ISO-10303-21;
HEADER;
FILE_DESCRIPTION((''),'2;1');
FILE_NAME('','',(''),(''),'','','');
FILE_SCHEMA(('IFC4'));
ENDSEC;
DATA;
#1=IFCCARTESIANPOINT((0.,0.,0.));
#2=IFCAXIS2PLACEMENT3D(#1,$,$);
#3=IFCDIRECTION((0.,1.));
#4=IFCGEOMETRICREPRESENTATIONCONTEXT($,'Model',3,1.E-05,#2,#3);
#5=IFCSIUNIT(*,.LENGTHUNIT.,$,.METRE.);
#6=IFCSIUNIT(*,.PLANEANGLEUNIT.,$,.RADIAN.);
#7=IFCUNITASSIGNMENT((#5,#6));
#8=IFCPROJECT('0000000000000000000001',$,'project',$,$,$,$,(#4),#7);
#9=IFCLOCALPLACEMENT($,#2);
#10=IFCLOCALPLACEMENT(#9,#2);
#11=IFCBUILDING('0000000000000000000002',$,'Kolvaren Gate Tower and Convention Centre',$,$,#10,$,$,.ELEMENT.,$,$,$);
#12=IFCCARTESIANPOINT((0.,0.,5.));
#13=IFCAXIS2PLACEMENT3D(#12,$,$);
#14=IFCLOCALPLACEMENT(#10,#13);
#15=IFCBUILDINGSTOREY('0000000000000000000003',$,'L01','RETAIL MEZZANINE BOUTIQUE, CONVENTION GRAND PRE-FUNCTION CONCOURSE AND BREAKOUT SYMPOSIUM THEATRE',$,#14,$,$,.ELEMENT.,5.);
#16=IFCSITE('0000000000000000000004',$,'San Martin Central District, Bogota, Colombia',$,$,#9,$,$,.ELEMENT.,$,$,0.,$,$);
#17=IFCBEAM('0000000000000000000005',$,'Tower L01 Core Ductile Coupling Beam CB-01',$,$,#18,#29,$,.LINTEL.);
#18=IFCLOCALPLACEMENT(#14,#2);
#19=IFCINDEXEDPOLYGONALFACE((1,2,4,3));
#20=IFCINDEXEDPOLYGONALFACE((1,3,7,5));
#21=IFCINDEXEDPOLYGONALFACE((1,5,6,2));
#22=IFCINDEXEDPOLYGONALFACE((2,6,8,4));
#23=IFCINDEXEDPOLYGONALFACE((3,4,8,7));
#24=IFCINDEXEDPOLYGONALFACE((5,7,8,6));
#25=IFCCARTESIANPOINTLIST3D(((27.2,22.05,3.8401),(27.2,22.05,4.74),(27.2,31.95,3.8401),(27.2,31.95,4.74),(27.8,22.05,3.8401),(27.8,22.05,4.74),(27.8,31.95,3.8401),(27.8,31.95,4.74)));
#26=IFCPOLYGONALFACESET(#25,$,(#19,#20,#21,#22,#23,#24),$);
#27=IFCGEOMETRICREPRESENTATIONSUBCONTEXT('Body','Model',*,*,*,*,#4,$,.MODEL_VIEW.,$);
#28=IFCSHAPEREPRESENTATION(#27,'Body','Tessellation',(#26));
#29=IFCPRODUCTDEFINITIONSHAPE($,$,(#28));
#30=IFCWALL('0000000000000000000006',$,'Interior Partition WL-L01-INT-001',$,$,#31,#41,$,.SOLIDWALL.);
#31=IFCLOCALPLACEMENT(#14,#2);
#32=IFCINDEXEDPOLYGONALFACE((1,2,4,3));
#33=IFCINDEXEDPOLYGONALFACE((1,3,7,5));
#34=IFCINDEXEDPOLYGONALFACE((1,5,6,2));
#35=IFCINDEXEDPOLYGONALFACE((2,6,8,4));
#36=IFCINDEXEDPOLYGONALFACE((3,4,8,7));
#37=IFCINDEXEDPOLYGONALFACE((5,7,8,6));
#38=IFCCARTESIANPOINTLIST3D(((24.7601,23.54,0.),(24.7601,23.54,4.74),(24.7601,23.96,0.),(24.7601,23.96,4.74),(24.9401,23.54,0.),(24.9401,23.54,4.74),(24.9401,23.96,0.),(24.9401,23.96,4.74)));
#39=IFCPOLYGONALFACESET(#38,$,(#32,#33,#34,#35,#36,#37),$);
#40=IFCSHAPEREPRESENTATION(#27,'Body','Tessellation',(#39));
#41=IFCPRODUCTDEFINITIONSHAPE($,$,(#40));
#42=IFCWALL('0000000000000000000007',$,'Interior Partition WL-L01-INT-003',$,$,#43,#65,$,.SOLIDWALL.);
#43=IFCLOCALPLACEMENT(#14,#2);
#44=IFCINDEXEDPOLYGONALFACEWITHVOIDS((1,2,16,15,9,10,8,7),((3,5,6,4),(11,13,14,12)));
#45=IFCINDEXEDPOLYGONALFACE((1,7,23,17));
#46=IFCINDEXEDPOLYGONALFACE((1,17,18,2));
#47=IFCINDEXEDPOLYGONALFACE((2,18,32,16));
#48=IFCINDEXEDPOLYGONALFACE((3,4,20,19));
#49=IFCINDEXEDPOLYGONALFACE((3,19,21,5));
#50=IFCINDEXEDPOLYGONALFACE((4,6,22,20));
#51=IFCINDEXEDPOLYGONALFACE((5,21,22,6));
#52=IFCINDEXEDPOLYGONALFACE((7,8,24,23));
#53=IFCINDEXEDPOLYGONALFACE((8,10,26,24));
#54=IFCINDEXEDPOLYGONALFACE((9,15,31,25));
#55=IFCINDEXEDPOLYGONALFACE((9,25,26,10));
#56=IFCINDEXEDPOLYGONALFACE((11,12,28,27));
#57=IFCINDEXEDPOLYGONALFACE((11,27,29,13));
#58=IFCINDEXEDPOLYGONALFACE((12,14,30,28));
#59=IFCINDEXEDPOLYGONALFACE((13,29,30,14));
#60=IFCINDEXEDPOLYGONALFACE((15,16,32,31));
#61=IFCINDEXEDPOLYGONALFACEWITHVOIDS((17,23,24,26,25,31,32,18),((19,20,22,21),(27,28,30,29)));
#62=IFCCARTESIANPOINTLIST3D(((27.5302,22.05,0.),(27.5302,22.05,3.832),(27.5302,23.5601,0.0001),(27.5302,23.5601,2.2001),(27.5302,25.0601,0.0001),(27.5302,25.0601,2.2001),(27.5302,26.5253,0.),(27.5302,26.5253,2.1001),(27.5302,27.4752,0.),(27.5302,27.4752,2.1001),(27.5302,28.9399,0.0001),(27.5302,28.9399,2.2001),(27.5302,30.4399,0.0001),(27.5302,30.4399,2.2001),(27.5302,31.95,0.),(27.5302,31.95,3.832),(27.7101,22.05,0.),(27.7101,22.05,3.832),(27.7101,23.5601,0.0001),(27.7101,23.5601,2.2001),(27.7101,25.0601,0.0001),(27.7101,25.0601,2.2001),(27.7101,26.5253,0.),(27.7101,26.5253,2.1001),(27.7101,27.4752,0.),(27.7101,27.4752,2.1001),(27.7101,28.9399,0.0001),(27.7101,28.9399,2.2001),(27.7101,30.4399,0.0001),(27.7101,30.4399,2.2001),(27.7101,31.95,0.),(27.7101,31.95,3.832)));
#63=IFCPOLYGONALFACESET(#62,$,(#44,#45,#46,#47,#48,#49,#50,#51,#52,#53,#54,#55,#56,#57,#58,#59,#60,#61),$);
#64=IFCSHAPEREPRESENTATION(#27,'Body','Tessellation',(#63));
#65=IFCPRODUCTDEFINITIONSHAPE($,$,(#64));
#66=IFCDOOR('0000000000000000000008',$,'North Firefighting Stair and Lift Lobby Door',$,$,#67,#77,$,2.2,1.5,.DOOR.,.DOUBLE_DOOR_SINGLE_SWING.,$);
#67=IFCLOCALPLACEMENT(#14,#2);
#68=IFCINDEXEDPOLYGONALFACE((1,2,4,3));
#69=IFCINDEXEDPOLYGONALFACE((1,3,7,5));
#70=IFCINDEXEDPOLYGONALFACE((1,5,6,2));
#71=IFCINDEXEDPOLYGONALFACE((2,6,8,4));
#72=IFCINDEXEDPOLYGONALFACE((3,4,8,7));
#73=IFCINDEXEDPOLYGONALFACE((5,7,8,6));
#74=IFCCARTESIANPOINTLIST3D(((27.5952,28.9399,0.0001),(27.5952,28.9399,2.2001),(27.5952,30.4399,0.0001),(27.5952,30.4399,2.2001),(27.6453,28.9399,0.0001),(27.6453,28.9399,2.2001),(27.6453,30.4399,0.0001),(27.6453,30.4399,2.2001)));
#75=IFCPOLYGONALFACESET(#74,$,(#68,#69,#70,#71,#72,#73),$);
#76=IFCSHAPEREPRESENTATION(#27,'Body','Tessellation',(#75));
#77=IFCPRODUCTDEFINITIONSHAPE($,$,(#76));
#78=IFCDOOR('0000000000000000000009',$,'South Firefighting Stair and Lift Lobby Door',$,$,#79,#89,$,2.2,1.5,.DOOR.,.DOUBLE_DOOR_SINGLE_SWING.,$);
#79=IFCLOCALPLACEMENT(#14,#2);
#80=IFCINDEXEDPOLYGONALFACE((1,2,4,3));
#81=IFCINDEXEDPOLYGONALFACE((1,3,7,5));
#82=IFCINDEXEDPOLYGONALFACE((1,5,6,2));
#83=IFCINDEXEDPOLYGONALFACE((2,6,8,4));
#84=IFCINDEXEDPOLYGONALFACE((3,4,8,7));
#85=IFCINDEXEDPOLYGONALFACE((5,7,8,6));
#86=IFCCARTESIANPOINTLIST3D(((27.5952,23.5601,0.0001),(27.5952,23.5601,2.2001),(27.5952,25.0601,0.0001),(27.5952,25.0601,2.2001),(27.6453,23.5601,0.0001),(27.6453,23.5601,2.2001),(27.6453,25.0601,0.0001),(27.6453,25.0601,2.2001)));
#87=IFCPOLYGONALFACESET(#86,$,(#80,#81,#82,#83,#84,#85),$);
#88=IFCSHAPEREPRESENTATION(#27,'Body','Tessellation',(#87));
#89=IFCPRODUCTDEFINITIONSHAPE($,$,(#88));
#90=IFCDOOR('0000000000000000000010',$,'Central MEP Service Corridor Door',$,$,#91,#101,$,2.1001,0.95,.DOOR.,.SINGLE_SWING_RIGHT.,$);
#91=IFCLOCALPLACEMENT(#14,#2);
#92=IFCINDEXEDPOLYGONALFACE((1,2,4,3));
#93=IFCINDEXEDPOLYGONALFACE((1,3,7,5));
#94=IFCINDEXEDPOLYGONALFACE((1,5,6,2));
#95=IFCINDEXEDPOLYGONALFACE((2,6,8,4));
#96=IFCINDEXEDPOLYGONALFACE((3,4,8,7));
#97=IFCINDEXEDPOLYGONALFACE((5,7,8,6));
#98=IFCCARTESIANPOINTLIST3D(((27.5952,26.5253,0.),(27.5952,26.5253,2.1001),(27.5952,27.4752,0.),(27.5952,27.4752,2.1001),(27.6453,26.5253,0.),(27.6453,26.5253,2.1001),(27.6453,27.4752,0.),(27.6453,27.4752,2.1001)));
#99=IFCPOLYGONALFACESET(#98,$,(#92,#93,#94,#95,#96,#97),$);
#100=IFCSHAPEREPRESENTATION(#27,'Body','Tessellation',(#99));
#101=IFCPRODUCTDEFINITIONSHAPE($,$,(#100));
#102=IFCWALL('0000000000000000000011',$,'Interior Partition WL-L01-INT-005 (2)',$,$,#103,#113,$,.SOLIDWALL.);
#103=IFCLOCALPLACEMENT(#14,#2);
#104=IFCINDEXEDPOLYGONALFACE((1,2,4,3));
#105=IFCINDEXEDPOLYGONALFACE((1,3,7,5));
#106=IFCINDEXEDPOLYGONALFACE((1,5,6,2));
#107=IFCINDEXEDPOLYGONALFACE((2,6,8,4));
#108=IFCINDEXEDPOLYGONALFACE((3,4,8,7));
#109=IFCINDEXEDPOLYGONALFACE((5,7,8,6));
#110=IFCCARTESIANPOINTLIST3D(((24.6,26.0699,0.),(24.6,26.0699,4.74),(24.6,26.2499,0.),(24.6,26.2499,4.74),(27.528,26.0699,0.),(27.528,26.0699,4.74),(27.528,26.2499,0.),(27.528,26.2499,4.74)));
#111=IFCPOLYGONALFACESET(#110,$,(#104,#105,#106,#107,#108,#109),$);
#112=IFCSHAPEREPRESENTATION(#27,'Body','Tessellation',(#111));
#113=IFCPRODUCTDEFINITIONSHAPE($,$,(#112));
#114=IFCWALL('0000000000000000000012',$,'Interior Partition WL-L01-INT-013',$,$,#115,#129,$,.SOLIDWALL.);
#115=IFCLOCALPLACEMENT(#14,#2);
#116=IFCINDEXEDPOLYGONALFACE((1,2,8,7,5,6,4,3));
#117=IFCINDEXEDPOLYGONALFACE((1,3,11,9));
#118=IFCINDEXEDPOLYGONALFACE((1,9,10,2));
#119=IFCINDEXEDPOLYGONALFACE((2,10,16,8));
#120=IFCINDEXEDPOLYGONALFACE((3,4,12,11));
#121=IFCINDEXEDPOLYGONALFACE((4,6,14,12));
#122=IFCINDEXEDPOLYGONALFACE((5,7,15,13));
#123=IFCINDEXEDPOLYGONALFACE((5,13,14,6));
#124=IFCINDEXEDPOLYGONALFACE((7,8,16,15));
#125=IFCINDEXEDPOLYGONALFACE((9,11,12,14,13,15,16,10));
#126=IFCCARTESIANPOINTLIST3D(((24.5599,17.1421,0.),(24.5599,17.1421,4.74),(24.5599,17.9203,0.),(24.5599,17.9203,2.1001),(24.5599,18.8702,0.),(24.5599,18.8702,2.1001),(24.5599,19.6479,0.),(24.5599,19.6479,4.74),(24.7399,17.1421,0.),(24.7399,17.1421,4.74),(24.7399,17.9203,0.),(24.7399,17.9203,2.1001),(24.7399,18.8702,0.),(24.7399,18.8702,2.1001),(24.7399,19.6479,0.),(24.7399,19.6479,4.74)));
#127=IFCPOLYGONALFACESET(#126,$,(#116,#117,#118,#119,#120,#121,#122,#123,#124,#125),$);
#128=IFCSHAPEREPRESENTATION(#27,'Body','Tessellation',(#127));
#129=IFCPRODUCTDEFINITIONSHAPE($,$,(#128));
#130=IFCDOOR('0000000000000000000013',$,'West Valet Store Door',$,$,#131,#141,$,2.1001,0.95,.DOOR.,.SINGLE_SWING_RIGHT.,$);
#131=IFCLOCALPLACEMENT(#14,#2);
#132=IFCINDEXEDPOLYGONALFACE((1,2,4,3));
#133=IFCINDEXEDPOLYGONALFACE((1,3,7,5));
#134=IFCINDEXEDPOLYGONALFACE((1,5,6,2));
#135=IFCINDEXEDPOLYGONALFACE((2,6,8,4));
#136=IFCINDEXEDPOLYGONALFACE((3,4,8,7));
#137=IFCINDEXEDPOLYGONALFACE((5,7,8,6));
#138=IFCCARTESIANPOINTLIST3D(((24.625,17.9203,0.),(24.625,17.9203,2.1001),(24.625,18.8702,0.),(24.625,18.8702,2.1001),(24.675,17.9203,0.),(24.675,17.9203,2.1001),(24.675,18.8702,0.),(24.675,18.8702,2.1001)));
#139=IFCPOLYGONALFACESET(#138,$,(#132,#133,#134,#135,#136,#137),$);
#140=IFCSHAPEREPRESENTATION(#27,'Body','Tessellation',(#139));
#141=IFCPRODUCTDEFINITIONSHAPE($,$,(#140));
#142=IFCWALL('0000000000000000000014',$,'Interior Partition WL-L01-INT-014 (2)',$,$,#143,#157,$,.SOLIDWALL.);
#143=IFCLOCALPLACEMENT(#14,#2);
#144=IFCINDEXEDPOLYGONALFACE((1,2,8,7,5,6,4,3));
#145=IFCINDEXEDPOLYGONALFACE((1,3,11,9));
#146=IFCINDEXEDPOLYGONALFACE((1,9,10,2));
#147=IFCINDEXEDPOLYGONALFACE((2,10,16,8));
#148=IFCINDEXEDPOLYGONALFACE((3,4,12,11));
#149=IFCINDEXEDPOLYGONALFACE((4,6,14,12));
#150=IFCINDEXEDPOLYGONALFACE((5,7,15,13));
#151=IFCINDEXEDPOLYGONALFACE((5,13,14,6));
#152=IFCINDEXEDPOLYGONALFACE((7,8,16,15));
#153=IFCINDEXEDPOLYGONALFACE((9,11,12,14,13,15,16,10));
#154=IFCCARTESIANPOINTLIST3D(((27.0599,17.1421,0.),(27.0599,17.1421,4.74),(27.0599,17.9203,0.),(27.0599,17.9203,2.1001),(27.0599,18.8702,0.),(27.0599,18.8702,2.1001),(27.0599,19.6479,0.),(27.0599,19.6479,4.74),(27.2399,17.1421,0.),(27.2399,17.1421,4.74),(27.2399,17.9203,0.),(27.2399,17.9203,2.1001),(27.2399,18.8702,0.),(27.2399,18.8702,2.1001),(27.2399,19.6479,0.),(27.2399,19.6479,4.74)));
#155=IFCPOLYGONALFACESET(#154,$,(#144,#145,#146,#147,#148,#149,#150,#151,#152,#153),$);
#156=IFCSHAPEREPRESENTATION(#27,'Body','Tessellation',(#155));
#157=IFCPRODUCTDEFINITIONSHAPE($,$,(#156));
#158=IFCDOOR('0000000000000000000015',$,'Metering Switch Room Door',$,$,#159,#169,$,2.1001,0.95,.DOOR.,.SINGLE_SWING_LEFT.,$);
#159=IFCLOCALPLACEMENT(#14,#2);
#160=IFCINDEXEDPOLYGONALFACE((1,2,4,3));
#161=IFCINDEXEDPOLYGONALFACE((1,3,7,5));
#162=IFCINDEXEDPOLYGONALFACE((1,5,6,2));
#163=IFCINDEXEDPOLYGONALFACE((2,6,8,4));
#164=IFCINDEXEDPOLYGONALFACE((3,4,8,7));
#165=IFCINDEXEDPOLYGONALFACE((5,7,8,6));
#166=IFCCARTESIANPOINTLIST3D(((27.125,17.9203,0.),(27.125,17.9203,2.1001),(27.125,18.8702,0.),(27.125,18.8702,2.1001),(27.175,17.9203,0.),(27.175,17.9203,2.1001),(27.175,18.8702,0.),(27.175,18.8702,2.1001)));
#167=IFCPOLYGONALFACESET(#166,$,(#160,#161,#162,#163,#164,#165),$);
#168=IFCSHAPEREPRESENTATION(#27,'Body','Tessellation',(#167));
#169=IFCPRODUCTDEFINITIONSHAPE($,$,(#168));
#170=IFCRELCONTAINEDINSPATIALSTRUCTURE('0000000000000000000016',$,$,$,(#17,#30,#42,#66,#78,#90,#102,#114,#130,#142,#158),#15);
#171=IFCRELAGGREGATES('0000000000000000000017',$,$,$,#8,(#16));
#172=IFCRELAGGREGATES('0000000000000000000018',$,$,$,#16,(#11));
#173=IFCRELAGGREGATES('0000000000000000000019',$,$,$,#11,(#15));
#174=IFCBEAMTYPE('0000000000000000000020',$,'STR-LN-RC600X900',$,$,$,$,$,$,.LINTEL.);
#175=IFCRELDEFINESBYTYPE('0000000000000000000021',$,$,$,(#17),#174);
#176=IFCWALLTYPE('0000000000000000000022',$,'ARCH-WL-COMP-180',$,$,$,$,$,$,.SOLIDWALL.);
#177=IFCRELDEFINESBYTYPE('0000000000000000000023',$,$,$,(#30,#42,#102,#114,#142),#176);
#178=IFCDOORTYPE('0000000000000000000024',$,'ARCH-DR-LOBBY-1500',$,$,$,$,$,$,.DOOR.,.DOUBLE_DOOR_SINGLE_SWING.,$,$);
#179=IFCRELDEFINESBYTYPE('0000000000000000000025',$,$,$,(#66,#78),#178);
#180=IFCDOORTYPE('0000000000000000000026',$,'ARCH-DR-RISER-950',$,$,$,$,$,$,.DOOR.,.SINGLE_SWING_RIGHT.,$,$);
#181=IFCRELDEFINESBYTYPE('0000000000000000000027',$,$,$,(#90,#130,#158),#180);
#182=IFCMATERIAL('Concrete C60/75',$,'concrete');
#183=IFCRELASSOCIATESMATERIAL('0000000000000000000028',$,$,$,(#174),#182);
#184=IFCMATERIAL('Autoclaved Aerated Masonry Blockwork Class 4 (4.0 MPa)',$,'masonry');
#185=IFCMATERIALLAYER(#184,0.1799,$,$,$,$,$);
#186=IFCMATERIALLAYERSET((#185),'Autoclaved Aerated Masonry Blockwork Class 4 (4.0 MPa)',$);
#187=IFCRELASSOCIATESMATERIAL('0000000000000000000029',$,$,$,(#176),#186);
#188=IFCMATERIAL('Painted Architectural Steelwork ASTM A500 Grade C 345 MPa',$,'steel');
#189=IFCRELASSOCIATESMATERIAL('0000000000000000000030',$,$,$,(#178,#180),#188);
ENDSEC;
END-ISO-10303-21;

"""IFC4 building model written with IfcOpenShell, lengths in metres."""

from ifc_helpers import new_model, si_unit, direction, frame, frame_2d, origin, origin_2d, place, context, subcontext, project, spatial, rectangle, extrude, material, layer, layer_set, material_profile, profile_set, type_object, element, fill, save


model = new_model("IFC4")

# Units and contexts
model_context = context("Model", 3, precision=1e-05, world=origin(), true_north=direction((0.0, 1.0)))
body_context = subcontext(model_context, "Body", "Model", "MODEL_VIEW")
ifc_project = project(units=[si_unit("LENGTHUNIT", "METRE"), si_unit("PLANEANGLEUNIT", "RADIAN")], contexts=[model_context])

# Site, building, storey
site_placement = place(None, origin())
site = spatial("IfcSite", under=ifc_project, at=site_placement, Name="San Martin Central District, Bogota, Colombia", CompositionType="ELEMENT", RefElevation=0.0)
building_placement = place(site_placement, origin())
building = spatial("IfcBuilding", under=site, at=building_placement, Name="Kolvaren Gate Tower and Convention Centre", CompositionType="ELEMENT")
storey_placement = place(building_placement, frame((0.0, 0.0, 5.0)))
storey = spatial("IfcBuildingStorey", under=building, at=storey_placement, Name="L01", Description="RETAIL MEZZANINE BOUTIQUE, CONVENTION GRAND PRE-FUNCTION CONCOURSE AND BREAKOUT SYMPOSIUM THEATRE", CompositionType="ELEMENT", Elevation=5.0)

# Beam
ifc_material_1 = material(Name="Concrete C60/75", Category="concrete")
ifc_material_profile = material_profile(ifc_material_1, rectangle(XDim=0.6001, YDim=0.8999, at=origin_2d()), Name="RC-BM-600X900")
ifc_profile_set = profile_set([ifc_material_profile], Name="Concrete C60/75")
beam_type = type_object("IfcBeamType", Name="STR-LN-RC600X900", PredefinedType="LINTEL", material=ifc_profile_set)
beam_placement = place(storey_placement, frame((27.5, 22.05, 4.29), z_axis=(0.0, 1.0, 0.0), x_axis=(-1.0, 0.0, 0.0)))
element("IfcBeam", 1, at=beam_placement, inside=storey, type_object=beam_type, Name="Tower L01 Core Ductile Coupling Beam CB-01", PredefinedType="LINTEL", context=body_context, shape_type="SweptSolid", body=[
    extrude(rectangle(XDim=0.6001, YDim=0.8999, at=origin_2d()), origin(), (0.0, 0.0, 1.0), 9.8999),
])

# Wall
ifc_material_2 = material(Name="Autoclaved Aerated Masonry Blockwork Class 4 (4.0 MPa)", Category="masonry")
ifc_layer_1 = layer(ifc_material_2, 0.1799)
ifc_layer_set_1 = layer_set([ifc_layer_1], Name="Autoclaved Aerated Masonry Blockwork Class 4 (4.0 MPa)")
wall_type_1 = type_object("IfcWallType", Name="ARCH-WL-COMP-180", PredefinedType="SOLIDWALL", material=ifc_layer_set_1)
wall_1_placement = place(storey_placement, frame((24.8501, 23.54, 0.0), z_axis=(0.0, 0.0, 1.0), x_axis=(0.0, 1.0, 0.0)))
element("IfcWall", 2, at=wall_1_placement, inside=storey, type_object=wall_type_1, Name="Interior Partition WL-L01-INT-001", PredefinedType="SOLIDWALL", context=body_context, shape_type="SweptSolid", body=[
    extrude(rectangle(XDim=0.4199, YDim=0.1799, at=frame_2d((0.21, 0.0))), origin(), (0.0, 0.0, 1.0), 4.74),
])

# Wall, openings, doors
wall_2_placement = place(storey_placement, frame((27.6201, 22.05, 0.0), z_axis=(0.0, 0.0, 1.0), x_axis=(0.0, 1.0, 0.0)))
wall_2 = element("IfcWall", 3, at=wall_2_placement, inside=storey, type_object=wall_type_1, Name="Interior Partition WL-L01-INT-003", PredefinedType="SOLIDWALL", context=body_context, shape_type="SweptSolid", body=[
    extrude(rectangle(XDim=9.8999, YDim=0.1799, at=frame_2d((4.95, 0.0))), origin(), (0.0, 0.0, 1.0), 3.832),
])
opening_1_placement = place(wall_2_placement, frame((4.4751, 0.0, 0.0)))
opening_1 = element("IfcOpeningElement", 4, at=opening_1_placement, cuts=wall_2, PredefinedType="OPENING", context=body_context, shape_type="SweptSolid", body=[
    extrude(rectangle(XDim=0.95, YDim=2.1001, at=frame_2d((0.4751, 1.05))), frame((0.0, 0.0999, 0.0), z_axis=(0.0, -1.0, 0.0), x_axis=(1.0, 0.0, 0.0)), (0.0, 0.0, 1.0), 0.2),
])
opening_2_placement = place(wall_2_placement, frame((6.8899, 0.0, 0.0)))
opening_2 = element("IfcOpeningElement", 5, at=opening_2_placement, cuts=wall_2, PredefinedType="OPENING", context=body_context, shape_type="SweptSolid", body=[
    extrude(rectangle(XDim=1.5, YDim=2.2, at=frame_2d((0.75, 1.1001))), frame((0.0, 0.0999, 0.0), z_axis=(0.0, -1.0, 0.0), x_axis=(1.0, 0.0, 0.0)), (0.0, 0.0, 1.0), 0.2),
])
opening_3_placement = place(wall_2_placement, frame((1.51, 0.0, 0.0)))
opening_3 = element("IfcOpeningElement", 6, at=opening_3_placement, cuts=wall_2, PredefinedType="OPENING", context=body_context, shape_type="SweptSolid", body=[
    extrude(rectangle(XDim=1.5, YDim=2.2, at=frame_2d((0.75, 1.1001))), frame((0.0, 0.0999, 0.0), z_axis=(0.0, -1.0, 0.0), x_axis=(1.0, 0.0, 0.0)), (0.0, 0.0, 1.0), 0.2),
])
ifc_material_3 = material(Name="Painted Architectural Steelwork ASTM A500 Grade C 345 MPa", Category="steel")
door_type_1 = type_object("IfcDoorType", Name="ARCH-DR-LOBBY-1500", OperationType="DOUBLE_DOOR_SINGLE_SWING", PredefinedType="DOOR", material=ifc_material_3)
door_1_placement = place(opening_2_placement, origin())
door_1 = element("IfcDoor", 7, at=door_1_placement, inside=storey, type_object=door_type_1, Name="North Firefighting Stair and Lift Lobby Door", OperationType="DOUBLE_DOOR_SINGLE_SWING", OverallHeight=2.2, OverallWidth=1.5, PredefinedType="DOOR", context=body_context, shape_type="SweptSolid", body=[
    extrude(rectangle(XDim=1.5, YDim=2.2, at=frame_2d((0.75, 1.1001))), frame((0.0, 0.0249, 0.0), z_axis=(0.0, -1.0, 0.0), x_axis=(1.0, 0.0, 0.0)), (0.0, 0.0, 1.0), 0.05),
])
fill(opening_2, door_1)
door_2_placement = place(opening_3_placement, origin())
door_2 = element("IfcDoor", 8, at=door_2_placement, inside=storey, type_object=door_type_1, Name="South Firefighting Stair and Lift Lobby Door", OperationType="DOUBLE_DOOR_SINGLE_SWING", OverallHeight=2.2, OverallWidth=1.5, PredefinedType="DOOR", context=body_context, shape_type="SweptSolid", body=[
    extrude(rectangle(XDim=1.5, YDim=2.2, at=frame_2d((0.75, 1.1001))), frame((0.0, 0.0249, 0.0), z_axis=(0.0, -1.0, 0.0), x_axis=(1.0, 0.0, 0.0)), (0.0, 0.0, 1.0), 0.05),
])
fill(opening_3, door_2)
door_type_2 = type_object("IfcDoorType", Name="ARCH-DR-RISER-950", OperationType="SINGLE_SWING_RIGHT", PredefinedType="DOOR", material=ifc_material_3)
door_3_placement = place(opening_1_placement, origin())
door_3 = element("IfcDoor", 9, at=door_3_placement, inside=storey, type_object=door_type_2, Name="Central MEP Service Corridor Door", OperationType="SINGLE_SWING_RIGHT", OverallHeight=2.1001, OverallWidth=0.95, PredefinedType="DOOR", context=body_context, shape_type="SweptSolid", body=[
    extrude(rectangle(XDim=0.95, YDim=2.1001, at=frame_2d((0.4751, 1.05))), frame((0.0, 0.0249, 0.0), z_axis=(0.0, -1.0, 0.0), x_axis=(1.0, 0.0, 0.0)), (0.0, 0.0, 1.0), 0.05),
])
fill(opening_1, door_3)

# Wall
wall_3_placement = place(storey_placement, frame((24.6001, 26.1599, 0.0), z_axis=(0.0, 0.0, 1.0), x_axis=(1.0, 0.0, 0.0)))
element("IfcWall", 10, at=wall_3_placement, inside=storey, type_object=wall_type_1, Name="Interior Partition WL-L01-INT-005 (2)", PredefinedType="SOLIDWALL", context=body_context, shape_type="SweptSolid", body=[
    extrude(rectangle(XDim=2.928, YDim=0.1799, at=frame_2d((1.4639, 0.0))), origin(), (0.0, 0.0, 1.0), 4.74),
])

# Walls, openings, doors
wall_4_placement = place(storey_placement, frame((24.6499, 17.1421, 0.0), z_axis=(0.0, 0.0, 1.0), x_axis=(0.0, 1.0, 0.0)))
wall_4 = element("IfcWall", 11, at=wall_4_placement, inside=storey, type_object=wall_type_1, Name="Interior Partition WL-L01-INT-013", PredefinedType="SOLIDWALL", context=body_context, shape_type="SweptSolid", body=[
    extrude(rectangle(XDim=2.5059, YDim=0.1799, at=frame_2d((1.2529, 0.0))), origin(), (0.0, 0.0, 1.0), 4.74),
])
opening_4_placement = place(wall_4_placement, frame((0.7781, 0.0, 0.0)))
opening_4 = element("IfcOpeningElement", 12, at=opening_4_placement, cuts=wall_4, PredefinedType="OPENING", context=body_context, shape_type="SweptSolid", body=[
    extrude(rectangle(XDim=0.95, YDim=2.1001, at=frame_2d((0.4751, 1.05))), frame((0.0, 0.0999, 0.0), z_axis=(0.0, -1.0, 0.0), x_axis=(1.0, 0.0, 0.0)), (0.0, 0.0, 1.0), 0.2),
])
door_4_placement = place(opening_4_placement, origin())
door_4 = element("IfcDoor", 13, at=door_4_placement, inside=storey, type_object=door_type_2, Name="West Valet Store Door", OperationType="SINGLE_SWING_RIGHT", OverallHeight=2.1001, OverallWidth=0.95, PredefinedType="DOOR", context=body_context, shape_type="SweptSolid", body=[
    extrude(rectangle(XDim=0.95, YDim=2.1001, at=frame_2d((0.4751, 1.05))), frame((0.0, 0.0249, 0.0), z_axis=(0.0, -1.0, 0.0), x_axis=(1.0, 0.0, 0.0)), (0.0, 0.0, 1.0), 0.05),
])
fill(opening_4, door_4)
wall_5_placement = place(storey_placement, frame((27.1499, 17.1421, 0.0), z_axis=(0.0, 0.0, 1.0), x_axis=(0.0, 1.0, 0.0)))
wall_5 = element("IfcWall", 14, at=wall_5_placement, inside=storey, type_object=wall_type_1, Name="Interior Partition WL-L01-INT-014 (2)", PredefinedType="SOLIDWALL", context=body_context, shape_type="SweptSolid", body=[
    extrude(rectangle(XDim=2.5059, YDim=0.1799, at=frame_2d((1.2529, 0.0))), origin(), (0.0, 0.0, 1.0), 4.74),
])
opening_5_placement = place(wall_5_placement, frame((0.7781, 0.0, 0.0)))
opening_5 = element("IfcOpeningElement", 15, at=opening_5_placement, cuts=wall_5, PredefinedType="OPENING", context=body_context, shape_type="SweptSolid", body=[
    extrude(rectangle(XDim=0.95, YDim=2.1001, at=frame_2d((0.4751, 1.05))), frame((0.0, 0.0999, 0.0), z_axis=(0.0, -1.0, 0.0), x_axis=(1.0, 0.0, 0.0)), (0.0, 0.0, 1.0), 0.2),
])
door_5_placement = place(opening_5_placement, origin())
door_5 = element("IfcDoor", 16, at=door_5_placement, inside=storey, type_object=door_type_2, Name="Metering Switch Room Door", OperationType="SINGLE_SWING_LEFT", OverallHeight=2.1001, OverallWidth=0.95, PredefinedType="DOOR", context=body_context, shape_type="SweptSolid", body=[
    extrude(rectangle(XDim=0.95, YDim=2.1001, at=frame_2d((0.4751, 1.05))), frame((0.0, 0.0249, 0.0), z_axis=(0.0, -1.0, 0.0), x_axis=(1.0, 0.0, 0.0)), (0.0, 0.0, 1.0), 0.05),
])
fill(opening_5, door_5)

save(model, "model.ifc")
